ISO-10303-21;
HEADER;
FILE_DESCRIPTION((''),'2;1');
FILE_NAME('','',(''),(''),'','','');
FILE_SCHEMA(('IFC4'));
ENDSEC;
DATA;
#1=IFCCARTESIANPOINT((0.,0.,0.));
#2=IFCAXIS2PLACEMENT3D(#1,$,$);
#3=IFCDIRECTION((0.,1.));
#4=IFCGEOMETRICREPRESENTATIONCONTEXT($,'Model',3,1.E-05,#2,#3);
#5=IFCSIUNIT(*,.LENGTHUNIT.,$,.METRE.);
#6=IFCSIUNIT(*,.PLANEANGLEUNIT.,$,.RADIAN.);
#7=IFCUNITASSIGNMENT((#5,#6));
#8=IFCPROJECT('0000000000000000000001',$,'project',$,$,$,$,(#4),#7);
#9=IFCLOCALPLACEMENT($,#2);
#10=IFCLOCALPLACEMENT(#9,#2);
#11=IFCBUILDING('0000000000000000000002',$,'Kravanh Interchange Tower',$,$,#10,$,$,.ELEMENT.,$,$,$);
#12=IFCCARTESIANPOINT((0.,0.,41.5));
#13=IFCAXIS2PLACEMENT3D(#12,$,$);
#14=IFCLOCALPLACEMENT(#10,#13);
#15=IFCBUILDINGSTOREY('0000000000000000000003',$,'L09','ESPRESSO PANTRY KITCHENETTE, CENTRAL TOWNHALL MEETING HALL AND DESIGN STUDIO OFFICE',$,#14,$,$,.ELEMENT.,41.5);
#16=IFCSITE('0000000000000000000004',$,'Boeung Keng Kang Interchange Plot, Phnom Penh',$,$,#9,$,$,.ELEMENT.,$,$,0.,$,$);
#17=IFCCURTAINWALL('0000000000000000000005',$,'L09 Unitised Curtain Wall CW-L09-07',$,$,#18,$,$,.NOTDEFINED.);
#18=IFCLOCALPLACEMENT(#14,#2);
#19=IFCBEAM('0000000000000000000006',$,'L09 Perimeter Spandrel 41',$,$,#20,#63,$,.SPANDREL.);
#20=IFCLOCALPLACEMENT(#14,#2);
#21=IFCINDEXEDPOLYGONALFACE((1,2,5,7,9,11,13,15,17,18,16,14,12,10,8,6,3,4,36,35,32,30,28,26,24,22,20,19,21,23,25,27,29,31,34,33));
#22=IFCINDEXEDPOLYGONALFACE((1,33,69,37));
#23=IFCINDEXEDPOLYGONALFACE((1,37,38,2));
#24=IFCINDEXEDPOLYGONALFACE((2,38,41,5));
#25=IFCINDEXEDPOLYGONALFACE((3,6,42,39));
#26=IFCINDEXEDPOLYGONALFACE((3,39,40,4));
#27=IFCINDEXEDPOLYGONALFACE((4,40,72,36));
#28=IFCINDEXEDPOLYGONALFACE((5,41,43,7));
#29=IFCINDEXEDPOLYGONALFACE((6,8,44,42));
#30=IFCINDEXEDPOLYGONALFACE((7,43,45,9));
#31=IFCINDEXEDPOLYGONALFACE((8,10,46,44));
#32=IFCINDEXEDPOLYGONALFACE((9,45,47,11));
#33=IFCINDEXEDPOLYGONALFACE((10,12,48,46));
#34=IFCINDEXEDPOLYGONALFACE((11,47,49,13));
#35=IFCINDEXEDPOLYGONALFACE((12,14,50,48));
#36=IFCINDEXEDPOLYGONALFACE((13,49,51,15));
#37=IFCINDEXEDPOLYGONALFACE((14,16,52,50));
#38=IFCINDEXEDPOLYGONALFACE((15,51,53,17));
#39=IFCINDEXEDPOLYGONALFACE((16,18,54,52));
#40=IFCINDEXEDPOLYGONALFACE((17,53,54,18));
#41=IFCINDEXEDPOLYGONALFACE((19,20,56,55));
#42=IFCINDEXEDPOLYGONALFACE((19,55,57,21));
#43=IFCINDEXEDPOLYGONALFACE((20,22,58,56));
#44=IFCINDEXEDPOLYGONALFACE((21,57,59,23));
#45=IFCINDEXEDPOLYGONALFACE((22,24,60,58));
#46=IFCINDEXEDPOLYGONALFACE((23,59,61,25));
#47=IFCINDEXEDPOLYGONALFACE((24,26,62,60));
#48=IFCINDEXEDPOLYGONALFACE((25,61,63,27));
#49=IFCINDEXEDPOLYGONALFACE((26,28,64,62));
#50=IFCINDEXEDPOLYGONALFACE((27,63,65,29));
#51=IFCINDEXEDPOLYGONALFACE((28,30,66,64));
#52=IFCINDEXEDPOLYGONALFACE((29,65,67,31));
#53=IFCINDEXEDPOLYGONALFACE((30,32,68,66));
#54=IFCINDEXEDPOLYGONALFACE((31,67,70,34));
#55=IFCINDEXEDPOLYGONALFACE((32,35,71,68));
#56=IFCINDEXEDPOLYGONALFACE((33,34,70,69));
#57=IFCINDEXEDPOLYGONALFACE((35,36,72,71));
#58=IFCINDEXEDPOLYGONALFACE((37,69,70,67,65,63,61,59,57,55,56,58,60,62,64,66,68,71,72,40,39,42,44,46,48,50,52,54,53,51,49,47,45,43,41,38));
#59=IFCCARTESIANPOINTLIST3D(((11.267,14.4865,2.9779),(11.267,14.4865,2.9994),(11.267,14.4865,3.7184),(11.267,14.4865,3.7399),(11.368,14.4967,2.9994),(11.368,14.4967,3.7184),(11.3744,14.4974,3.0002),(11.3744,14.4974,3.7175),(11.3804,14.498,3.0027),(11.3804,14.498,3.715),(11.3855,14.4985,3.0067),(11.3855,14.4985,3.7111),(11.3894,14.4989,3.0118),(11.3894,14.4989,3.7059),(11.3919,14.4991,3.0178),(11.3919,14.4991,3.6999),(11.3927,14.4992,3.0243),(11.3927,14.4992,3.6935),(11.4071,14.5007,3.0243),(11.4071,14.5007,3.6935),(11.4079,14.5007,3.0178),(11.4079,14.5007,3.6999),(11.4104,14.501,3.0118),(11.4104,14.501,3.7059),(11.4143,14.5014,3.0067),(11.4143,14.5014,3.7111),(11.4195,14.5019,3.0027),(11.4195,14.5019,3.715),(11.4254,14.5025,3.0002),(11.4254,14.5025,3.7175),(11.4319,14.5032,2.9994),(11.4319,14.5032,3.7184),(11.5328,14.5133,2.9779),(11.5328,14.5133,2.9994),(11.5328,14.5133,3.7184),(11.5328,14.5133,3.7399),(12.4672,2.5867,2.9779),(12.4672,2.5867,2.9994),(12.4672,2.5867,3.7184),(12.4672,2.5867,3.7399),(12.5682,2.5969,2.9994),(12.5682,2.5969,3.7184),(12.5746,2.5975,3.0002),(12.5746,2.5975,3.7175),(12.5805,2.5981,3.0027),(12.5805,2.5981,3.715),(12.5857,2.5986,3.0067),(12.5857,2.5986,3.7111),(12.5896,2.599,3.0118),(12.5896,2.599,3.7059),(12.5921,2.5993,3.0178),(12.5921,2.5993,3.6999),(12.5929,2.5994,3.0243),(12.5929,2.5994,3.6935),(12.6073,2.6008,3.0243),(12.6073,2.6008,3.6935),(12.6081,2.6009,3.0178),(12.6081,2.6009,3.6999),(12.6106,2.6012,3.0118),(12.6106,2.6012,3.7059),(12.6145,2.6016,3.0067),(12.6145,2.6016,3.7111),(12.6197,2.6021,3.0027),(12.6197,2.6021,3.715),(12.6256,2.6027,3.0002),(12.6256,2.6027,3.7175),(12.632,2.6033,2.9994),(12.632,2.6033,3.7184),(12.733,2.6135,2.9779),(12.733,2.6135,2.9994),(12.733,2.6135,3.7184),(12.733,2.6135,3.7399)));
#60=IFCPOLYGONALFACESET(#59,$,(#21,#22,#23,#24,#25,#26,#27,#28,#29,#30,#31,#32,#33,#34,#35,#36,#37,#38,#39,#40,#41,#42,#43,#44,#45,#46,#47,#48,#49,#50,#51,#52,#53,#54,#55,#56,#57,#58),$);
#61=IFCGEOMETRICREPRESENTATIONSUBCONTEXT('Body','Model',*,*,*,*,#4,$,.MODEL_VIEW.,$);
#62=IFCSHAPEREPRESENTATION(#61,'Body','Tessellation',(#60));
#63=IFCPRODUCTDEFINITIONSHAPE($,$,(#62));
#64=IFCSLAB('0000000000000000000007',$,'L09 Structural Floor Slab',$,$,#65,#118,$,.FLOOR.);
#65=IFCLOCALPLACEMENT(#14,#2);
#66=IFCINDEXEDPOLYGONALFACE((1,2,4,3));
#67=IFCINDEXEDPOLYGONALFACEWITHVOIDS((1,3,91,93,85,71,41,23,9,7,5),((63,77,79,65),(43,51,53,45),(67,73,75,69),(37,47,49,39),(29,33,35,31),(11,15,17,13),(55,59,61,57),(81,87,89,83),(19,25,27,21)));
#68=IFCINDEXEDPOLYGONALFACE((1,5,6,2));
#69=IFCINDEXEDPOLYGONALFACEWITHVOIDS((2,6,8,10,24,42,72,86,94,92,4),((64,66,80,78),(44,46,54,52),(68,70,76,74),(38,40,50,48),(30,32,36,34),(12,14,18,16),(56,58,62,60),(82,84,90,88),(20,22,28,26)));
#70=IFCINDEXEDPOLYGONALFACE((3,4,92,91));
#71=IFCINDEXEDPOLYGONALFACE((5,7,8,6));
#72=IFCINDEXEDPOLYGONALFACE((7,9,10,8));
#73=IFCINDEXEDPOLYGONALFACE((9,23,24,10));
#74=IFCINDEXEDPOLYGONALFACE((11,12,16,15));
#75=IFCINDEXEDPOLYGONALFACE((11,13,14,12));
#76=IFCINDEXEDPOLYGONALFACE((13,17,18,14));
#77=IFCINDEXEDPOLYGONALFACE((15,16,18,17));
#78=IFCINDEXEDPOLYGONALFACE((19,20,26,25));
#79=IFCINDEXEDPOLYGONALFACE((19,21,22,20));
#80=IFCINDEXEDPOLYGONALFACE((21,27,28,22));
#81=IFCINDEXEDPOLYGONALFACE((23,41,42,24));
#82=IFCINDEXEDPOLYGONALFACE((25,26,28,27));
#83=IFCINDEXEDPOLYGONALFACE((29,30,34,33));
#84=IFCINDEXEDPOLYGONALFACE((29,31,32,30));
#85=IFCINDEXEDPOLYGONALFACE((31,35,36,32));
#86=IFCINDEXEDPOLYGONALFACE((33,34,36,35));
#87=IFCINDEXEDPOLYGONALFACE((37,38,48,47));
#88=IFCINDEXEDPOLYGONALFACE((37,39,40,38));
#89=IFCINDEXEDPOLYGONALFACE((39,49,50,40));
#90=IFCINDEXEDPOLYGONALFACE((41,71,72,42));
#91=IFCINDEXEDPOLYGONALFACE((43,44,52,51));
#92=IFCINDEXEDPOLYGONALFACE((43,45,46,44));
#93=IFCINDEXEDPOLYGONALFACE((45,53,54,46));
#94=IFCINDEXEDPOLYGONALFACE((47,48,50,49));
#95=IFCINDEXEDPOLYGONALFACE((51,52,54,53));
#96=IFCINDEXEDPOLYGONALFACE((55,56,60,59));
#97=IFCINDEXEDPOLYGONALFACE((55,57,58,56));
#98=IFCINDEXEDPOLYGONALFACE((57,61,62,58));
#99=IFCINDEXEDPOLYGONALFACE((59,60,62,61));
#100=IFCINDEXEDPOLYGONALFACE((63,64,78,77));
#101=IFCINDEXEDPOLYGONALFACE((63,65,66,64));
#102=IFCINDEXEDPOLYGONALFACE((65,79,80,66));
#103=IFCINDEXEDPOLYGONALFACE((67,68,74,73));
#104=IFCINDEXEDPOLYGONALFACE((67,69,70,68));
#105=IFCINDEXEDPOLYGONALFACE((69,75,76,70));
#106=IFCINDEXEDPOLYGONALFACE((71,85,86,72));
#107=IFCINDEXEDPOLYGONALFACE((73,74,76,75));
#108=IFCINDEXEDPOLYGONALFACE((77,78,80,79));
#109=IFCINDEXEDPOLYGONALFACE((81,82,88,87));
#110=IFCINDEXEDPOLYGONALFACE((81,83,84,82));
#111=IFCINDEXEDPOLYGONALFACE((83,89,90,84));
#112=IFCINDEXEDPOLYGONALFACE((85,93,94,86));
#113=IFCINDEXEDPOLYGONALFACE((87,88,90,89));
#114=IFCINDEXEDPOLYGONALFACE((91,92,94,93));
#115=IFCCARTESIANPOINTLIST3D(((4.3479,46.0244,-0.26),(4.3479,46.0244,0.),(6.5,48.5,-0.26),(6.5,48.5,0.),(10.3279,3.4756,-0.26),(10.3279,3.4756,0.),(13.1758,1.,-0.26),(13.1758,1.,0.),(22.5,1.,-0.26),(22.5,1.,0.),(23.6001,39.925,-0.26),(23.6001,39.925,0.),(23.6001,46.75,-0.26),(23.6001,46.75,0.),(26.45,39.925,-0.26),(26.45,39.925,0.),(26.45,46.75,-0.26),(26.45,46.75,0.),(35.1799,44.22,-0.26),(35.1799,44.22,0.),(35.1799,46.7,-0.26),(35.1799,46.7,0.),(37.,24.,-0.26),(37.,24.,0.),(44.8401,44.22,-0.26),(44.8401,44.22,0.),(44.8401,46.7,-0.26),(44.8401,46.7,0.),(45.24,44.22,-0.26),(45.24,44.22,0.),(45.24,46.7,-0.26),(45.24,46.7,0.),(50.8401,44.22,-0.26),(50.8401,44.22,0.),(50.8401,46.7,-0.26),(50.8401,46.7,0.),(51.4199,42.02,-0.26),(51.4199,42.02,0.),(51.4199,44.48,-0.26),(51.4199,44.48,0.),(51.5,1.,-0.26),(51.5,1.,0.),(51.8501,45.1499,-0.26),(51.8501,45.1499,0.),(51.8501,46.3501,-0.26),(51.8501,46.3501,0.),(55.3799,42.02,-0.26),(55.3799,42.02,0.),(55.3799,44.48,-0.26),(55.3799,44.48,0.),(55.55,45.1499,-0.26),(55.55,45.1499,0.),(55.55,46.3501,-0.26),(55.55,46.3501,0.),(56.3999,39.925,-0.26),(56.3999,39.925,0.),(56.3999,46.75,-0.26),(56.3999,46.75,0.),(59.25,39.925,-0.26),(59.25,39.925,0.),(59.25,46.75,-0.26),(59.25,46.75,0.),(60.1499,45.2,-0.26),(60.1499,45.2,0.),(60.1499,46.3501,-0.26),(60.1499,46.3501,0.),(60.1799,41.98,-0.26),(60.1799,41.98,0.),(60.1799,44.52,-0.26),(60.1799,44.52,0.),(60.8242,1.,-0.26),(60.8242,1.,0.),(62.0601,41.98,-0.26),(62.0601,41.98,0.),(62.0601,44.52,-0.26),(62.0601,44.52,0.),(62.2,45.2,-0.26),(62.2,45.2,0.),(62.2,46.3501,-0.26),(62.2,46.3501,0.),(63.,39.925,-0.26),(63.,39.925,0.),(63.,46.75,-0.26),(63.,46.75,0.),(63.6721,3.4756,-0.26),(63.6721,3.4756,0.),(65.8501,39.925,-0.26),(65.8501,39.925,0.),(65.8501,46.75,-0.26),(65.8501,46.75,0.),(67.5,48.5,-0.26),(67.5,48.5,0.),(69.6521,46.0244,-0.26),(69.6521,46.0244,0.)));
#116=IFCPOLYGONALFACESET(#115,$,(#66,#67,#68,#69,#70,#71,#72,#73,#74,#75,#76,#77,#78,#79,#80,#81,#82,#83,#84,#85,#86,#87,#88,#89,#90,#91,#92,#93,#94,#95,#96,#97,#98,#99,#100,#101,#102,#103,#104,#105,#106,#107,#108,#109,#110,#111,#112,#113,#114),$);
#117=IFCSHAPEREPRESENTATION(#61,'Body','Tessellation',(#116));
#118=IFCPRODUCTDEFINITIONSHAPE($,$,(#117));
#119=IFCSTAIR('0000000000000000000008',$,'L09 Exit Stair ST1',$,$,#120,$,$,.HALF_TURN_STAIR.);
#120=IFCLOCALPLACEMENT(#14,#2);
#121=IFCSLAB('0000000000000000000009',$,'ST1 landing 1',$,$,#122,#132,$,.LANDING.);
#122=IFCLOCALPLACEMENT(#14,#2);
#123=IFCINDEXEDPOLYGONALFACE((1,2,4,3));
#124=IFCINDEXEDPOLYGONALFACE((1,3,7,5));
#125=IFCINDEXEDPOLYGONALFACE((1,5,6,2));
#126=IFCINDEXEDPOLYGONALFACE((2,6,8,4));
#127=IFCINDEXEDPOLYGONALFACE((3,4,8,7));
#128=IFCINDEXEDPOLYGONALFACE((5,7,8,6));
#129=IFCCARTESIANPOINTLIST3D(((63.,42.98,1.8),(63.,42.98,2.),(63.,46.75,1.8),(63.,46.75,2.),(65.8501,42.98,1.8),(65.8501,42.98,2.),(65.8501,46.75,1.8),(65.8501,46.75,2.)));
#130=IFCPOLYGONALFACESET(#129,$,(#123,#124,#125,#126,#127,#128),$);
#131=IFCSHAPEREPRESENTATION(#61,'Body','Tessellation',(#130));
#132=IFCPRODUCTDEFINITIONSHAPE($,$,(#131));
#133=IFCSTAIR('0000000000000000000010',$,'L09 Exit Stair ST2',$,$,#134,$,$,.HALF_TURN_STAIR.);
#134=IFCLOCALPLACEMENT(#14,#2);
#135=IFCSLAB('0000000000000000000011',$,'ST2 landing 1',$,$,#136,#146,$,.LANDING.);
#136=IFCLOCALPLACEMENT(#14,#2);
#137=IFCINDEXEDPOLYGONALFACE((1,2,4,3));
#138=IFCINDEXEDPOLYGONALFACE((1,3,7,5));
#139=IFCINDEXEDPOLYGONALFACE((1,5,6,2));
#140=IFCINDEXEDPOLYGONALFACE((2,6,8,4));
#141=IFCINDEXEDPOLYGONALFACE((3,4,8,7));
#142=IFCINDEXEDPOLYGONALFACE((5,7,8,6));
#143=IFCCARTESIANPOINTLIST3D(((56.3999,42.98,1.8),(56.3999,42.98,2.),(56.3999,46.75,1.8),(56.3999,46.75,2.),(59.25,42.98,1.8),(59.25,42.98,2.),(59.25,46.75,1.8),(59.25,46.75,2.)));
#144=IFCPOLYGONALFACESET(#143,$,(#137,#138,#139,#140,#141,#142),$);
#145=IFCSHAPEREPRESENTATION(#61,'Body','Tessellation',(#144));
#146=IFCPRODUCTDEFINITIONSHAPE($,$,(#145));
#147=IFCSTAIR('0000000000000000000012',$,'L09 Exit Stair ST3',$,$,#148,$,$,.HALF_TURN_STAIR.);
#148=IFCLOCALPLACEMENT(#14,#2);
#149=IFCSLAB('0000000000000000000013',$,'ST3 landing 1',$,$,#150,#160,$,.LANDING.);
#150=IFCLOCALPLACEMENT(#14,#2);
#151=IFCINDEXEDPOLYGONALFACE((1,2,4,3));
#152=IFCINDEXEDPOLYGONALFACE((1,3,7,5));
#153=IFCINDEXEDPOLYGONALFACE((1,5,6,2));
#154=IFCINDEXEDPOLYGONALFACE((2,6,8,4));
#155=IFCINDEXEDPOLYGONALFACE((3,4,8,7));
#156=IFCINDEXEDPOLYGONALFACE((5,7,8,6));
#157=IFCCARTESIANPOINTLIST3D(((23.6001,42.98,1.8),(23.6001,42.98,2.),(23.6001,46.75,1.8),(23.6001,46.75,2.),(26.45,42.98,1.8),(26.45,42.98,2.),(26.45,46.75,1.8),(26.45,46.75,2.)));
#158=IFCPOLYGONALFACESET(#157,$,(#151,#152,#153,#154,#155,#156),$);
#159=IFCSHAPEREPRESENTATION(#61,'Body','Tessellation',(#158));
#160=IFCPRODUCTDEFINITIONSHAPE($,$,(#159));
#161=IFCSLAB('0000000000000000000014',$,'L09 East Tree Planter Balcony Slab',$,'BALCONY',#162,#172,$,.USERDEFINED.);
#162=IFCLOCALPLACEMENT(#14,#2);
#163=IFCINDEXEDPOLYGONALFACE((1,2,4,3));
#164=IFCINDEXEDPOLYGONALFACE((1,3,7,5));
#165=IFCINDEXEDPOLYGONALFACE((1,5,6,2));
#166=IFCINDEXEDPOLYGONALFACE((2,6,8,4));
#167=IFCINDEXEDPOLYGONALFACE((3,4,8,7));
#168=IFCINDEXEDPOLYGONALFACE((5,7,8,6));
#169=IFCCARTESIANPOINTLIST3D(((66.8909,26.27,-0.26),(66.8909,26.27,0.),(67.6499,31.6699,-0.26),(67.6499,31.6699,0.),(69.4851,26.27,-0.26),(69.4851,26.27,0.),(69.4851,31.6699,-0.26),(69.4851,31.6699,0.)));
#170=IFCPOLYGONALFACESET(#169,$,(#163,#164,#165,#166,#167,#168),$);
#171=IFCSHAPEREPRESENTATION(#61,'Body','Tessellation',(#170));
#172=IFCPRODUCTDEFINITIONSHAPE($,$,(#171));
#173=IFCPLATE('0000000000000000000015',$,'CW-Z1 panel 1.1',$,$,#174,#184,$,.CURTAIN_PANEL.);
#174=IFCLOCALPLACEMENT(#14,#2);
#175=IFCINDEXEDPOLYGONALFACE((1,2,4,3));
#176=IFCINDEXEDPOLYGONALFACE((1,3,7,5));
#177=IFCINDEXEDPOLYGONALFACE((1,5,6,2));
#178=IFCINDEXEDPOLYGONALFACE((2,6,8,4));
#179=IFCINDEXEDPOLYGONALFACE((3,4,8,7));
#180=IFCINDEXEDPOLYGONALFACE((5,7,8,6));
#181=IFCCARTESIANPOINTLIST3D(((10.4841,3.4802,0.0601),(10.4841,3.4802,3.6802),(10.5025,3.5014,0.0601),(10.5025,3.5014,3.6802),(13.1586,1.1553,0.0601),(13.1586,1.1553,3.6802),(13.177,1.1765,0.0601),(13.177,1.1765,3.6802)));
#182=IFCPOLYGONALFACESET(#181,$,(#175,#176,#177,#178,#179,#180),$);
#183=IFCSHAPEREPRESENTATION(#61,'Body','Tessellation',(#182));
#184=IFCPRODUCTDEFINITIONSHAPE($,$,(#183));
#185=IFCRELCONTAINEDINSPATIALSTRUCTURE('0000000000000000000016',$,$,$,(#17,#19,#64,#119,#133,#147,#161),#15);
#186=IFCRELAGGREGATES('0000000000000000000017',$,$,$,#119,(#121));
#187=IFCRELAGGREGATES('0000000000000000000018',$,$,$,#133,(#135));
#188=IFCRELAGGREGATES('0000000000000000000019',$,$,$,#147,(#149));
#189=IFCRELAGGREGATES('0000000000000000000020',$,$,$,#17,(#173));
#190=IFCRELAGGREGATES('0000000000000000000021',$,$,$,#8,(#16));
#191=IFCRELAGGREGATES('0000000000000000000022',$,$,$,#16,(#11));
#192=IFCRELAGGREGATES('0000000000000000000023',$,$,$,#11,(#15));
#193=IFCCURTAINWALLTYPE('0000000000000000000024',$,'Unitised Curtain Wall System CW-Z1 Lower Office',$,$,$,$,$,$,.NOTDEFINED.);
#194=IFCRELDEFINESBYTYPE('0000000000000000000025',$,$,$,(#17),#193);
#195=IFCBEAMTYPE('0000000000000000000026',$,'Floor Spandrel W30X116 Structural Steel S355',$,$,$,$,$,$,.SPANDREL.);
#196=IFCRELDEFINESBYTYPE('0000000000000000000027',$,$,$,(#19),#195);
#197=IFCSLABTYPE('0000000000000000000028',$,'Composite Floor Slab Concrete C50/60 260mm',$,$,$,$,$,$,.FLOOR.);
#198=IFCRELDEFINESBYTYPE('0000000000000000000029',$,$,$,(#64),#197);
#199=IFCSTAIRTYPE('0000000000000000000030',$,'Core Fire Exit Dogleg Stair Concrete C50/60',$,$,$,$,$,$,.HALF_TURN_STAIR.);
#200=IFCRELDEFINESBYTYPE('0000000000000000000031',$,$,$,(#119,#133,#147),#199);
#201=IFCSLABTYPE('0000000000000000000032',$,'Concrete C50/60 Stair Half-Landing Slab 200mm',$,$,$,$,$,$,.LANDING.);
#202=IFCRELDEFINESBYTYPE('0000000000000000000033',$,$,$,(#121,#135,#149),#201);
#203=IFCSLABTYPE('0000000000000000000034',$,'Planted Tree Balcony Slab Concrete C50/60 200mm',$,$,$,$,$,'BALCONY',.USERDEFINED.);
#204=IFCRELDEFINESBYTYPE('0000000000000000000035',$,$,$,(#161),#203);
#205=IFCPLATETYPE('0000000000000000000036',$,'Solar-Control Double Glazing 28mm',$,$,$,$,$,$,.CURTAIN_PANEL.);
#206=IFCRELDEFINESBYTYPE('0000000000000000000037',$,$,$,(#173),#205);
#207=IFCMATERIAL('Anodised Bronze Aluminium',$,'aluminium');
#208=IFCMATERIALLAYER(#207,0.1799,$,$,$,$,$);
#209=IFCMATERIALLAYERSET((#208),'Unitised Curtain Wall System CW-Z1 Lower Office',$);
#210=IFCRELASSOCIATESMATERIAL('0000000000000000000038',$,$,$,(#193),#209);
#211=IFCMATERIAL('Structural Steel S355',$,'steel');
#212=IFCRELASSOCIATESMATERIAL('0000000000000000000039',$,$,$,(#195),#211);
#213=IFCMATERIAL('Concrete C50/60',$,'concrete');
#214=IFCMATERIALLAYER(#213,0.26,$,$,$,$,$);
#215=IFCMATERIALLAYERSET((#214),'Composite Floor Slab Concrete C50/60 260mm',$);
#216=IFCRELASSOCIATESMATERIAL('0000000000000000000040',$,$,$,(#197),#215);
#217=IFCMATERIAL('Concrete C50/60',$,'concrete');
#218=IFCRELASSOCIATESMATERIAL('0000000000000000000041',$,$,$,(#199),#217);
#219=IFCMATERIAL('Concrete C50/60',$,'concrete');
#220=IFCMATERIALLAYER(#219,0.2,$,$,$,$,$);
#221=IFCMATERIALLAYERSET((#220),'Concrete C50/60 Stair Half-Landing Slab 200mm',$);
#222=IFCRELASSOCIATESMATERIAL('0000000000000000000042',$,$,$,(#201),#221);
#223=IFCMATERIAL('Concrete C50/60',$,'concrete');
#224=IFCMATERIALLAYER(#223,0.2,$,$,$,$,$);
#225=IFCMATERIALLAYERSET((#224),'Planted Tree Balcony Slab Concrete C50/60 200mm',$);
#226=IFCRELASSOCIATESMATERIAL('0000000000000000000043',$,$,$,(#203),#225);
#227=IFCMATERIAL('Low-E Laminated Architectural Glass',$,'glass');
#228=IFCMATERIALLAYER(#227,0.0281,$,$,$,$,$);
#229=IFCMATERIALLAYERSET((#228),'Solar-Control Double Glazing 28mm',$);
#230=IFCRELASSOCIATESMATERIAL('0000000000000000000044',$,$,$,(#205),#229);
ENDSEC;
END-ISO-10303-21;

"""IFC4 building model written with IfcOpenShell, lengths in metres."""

from ifc_helpers import new_model, si_unit, direction, frame, origin, origin_2d, place, context, subcontext, project, spatial, polyline, rectangle, i_section, outline, extrude, material, layer, layer_set, material_profile, profile_set, type_object, element, aggregate, save


model = new_model("IFC4")

# Units and contexts
model_context = context("Model", 3, precision=1e-05, world=origin(), true_north=direction((0.0, 1.0)))
body_context = subcontext(model_context, "Body", "Model", "MODEL_VIEW")
ifc_project = project(units=[si_unit("LENGTHUNIT", "METRE"), si_unit("PLANEANGLEUNIT", "RADIAN")], contexts=[model_context])

# Site, building, storey
site_placement = place(None, origin())
site = spatial("IfcSite", under=ifc_project, at=site_placement, Name="Boeung Keng Kang Interchange Plot, Phnom Penh", CompositionType="ELEMENT", RefElevation=0.0)
building_placement = place(site_placement, origin())
building = spatial("IfcBuilding", under=site, at=building_placement, Name="Kravanh Interchange Tower", CompositionType="ELEMENT")
storey_placement = place(building_placement, frame((0.0, 0.0, 41.5)))
storey = spatial("IfcBuildingStorey", under=building, at=storey_placement, Name="L09", Description="ESPRESSO PANTRY KITCHENETTE, CENTRAL TOWNHALL MEETING HALL AND DESIGN STUDIO OFFICE", CompositionType="ELEMENT", Elevation=41.5)

# Shared definitions
ifc_material_1 = material(Name="Anodised Bronze Aluminium", Category="aluminium")
ifc_layer_1 = layer(ifc_material_1, 0.1799)
ifc_layer_set_1 = layer_set([ifc_layer_1], Name="Unitised Curtain Wall System CW-Z1 Lower Office")
curtain_wall_type = type_object("IfcCurtainWallType", Name="Unitised Curtain Wall System CW-Z1 Lower Office", PredefinedType="NOTDEFINED", material=ifc_layer_set_1)

# Curtain wall
curtain_wall_1_placement = place(storey_placement, origin())
curtain_wall_1 = element("IfcCurtainWall", 1, at=curtain_wall_1_placement, inside=storey, type_object=curtain_wall_type, Name="L09 Unitised Curtain Wall CW-L09-07", PredefinedType="NOTDEFINED")

# Beam
ifc_material_2 = material(Name="Structural Steel S355", Category="steel")
ifc_material_profile_1 = material_profile(ifc_material_2, i_section(OverallWidth=0.2671, OverallDepth=0.762, WebThickness=0.0144, FlangeThickness=0.0215, FilletRadius=0.0249, at=origin_2d()), Name="W30X116")
ifc_profile_set_1 = profile_set([ifc_material_profile_1], Name="Structural Steel S355")
beam_type_1 = type_object("IfcBeamType", Name="Floor Spandrel W30X116 Structural Steel S355", PredefinedType="SPANDREL", material=ifc_profile_set_1)
beam_1_placement = place(storey_placement, frame((12.6001, 2.6001, 3.3589), z_axis=(-0.100348, 0.994952, 0.0), x_axis=(-0.994952, -0.100348, 0.0)))
element("IfcBeam", 2, at=beam_1_placement, inside=storey, type_object=beam_type_1, Name="L09 Perimeter Spandrel 41", PredefinedType="SPANDREL", context=body_context, shape_type="SweptSolid", body=[
    extrude(i_section(OverallWidth=0.2671, OverallDepth=0.762, WebThickness=0.0144, FlangeThickness=0.0215, FilletRadius=0.0249, at=origin_2d()), origin(), (0.0, 0.0, 1.0), 11.9602),
])

# Slab
ifc_material_3 = material(Name="Concrete C50/60", Category="concrete")
ifc_layer_2 = layer(ifc_material_3, 0.26)
ifc_layer_set_2 = layer_set([ifc_layer_2], Name="Composite Floor Slab Concrete C50/60 260mm")
slab_type_1 = type_object("IfcSlabType", Name="Composite Floor Slab Concrete C50/60 260mm", PredefinedType="FLOOR", material=ifc_layer_set_2)
slab_1_placement = place(storey_placement, frame((0.0, 0.0, -0.26)))
element("IfcSlab", 3, at=slab_1_placement, inside=storey, type_object=slab_type_1, Name="L09 Structural Floor Slab", PredefinedType="FLOOR", context=body_context, shape_type="SweptSolid", body=[
    extrude(outline(polyline([(10.3279, 3.4756), (13.1758, 1.0), (22.5, 1.0), (37.0, 24.0), (51.5, 1.0), (60.8242, 1.0), (63.6721, 3.4756), (69.6521, 46.0244), (67.5, 48.5), (6.5, 48.5), (4.3479, 46.0244), (10.3279, 3.4756)]), holes=[polyline([(65.8501, 39.925), (65.8501, 46.75), (63.0, 46.75), (63.0, 39.925), (65.8501, 39.925)]), polyline([(59.25, 39.925), (59.25, 46.75), (56.3999, 46.75), (56.3999, 39.925), (59.25, 39.925)]), polyline([(26.45, 39.925), (26.45, 46.75), (23.6001, 46.75), (23.6001, 39.925), (26.45, 39.925)]), polyline([(35.1799, 44.22), (44.8401, 44.22), (44.8401, 46.7), (35.1799, 46.7), (35.1799, 44.22)]), polyline([(45.24, 44.22), (50.8401, 44.22), (50.8401, 46.7), (45.24, 46.7), (45.24, 44.22)]), polyline([(51.4199, 42.02), (55.3799, 42.02), (55.3799, 44.48), (51.4199, 44.48), (51.4199, 42.02)]), polyline([(60.1799, 41.98), (62.0601, 41.98), (62.0601, 44.52), (60.1799, 44.52), (60.1799, 41.98)]), polyline([(60.1499, 45.2), (62.2, 45.2), (62.2, 46.3501), (60.1499, 46.3501), (60.1499, 45.2)]), polyline([(51.8501, 45.1499), (55.55, 45.1499), (55.55, 46.3501), (51.8501, 46.3501), (51.8501, 45.1499)])]), origin(), (0.0, 0.0, 1.0), 0.26),
])

# Stairs, slabs
ifc_material_4 = material(Name="Concrete C50/60", Category="concrete")
stair_type = type_object("IfcStairType", Name="Core Fire Exit Dogleg Stair Concrete C50/60", PredefinedType="HALF_TURN_STAIR", material=ifc_material_4)
stair_1_placement = place(storey_placement, origin())
stair_1 = element("IfcStair", 4, at=stair_1_placement, inside=storey, type_object=stair_type, Name="L09 Exit Stair ST1", PredefinedType="HALF_TURN_STAIR")
ifc_material_5 = material(Name="Concrete C50/60", Category="concrete")
ifc_layer_3 = layer(ifc_material_5, 0.2)
ifc_layer_set_3 = layer_set([ifc_layer_3], Name="Concrete C50/60 Stair Half-Landing Slab 200mm")
slab_type_2 = type_object("IfcSlabType", Name="Concrete C50/60 Stair Half-Landing Slab 200mm", PredefinedType="LANDING", material=ifc_layer_set_3)
slab_2_placement = place(storey_placement, frame((0.0, 0.0, 1.8)))
slab_2 = element("IfcSlab", 5, at=slab_2_placement, type_object=slab_type_2, Name="ST1 landing 1", PredefinedType="LANDING", context=body_context, shape_type="SweptSolid", body=[
    extrude(outline(polyline([(65.8501, 42.98), (65.8501, 46.75), (63.0, 46.75), (63.0, 42.98), (65.8501, 42.98)])), origin(), (0.0, 0.0, 1.0), 0.2),
])
aggregate(stair_1, [slab_2])
stair_2_placement = place(storey_placement, origin())
stair_2 = element("IfcStair", 6, at=stair_2_placement, inside=storey, type_object=stair_type, Name="L09 Exit Stair ST2", PredefinedType="HALF_TURN_STAIR")
slab_3_placement = place(storey_placement, frame((0.0, 0.0, 1.8)))
slab_3 = element("IfcSlab", 7, at=slab_3_placement, type_object=slab_type_2, Name="ST2 landing 1", PredefinedType="LANDING", context=body_context, shape_type="SweptSolid", body=[
    extrude(outline(polyline([(59.25, 42.98), (59.25, 46.75), (56.3999, 46.75), (56.3999, 42.98), (59.25, 42.98)])), origin(), (0.0, 0.0, 1.0), 0.2),
])
aggregate(stair_2, [slab_3])
stair_3_placement = place(storey_placement, origin())
stair_3 = element("IfcStair", 8, at=stair_3_placement, inside=storey, type_object=stair_type, Name="L09 Exit Stair ST3", PredefinedType="HALF_TURN_STAIR")
slab_4_placement = place(storey_placement, frame((0.0, 0.0, 1.8)))
slab_4 = element("IfcSlab", 9, at=slab_4_placement, type_object=slab_type_2, Name="ST3 landing 1", PredefinedType="LANDING", context=body_context, shape_type="SweptSolid", body=[
    extrude(outline(polyline([(26.45, 42.98), (26.45, 46.75), (23.6001, 46.75), (23.6001, 42.98), (26.45, 42.98)])), origin(), (0.0, 0.0, 1.0), 0.2),
])
aggregate(stair_3, [slab_4])

# Slab
ifc_material_6 = material(Name="Concrete C50/60", Category="concrete")
ifc_layer_4 = layer(ifc_material_6, 0.2)
ifc_layer_set_4 = layer_set([ifc_layer_4], Name="Planted Tree Balcony Slab Concrete C50/60 200mm")
slab_type_3 = type_object("IfcSlabType", Name="Planted Tree Balcony Slab Concrete C50/60 200mm", ElementType="BALCONY", PredefinedType="USERDEFINED", material=ifc_layer_set_4)
slab_5_placement = place(storey_placement, frame((0.0, 0.0, -0.26)))
element("IfcSlab", 10, at=slab_5_placement, inside=storey, type_object=slab_type_3, Name="L09 East Tree Planter Balcony Slab", ObjectType="BALCONY", PredefinedType="USERDEFINED", context=body_context, shape_type="SweptSolid", body=[
    extrude(outline(polyline([(69.4851, 31.6699), (69.4851, 26.27), (66.8909, 26.27), (67.6499, 31.6699), (69.4851, 31.6699)])), origin(), (0.0, 0.0, 1.0), 0.26),
])

# Plate
ifc_material_7 = material(Name="Low-E Laminated Architectural Glass", Category="glass")
ifc_layer_5 = layer(ifc_material_7, 0.0281)
ifc_layer_set_5 = layer_set([ifc_layer_5], Name="Solar-Control Double Glazing 28mm")
plate_type = type_object("IfcPlateType", Name="Solar-Control Double Glazing 28mm", PredefinedType="CURTAIN_PANEL", material=ifc_layer_set_5)
plate_placement = place(storey_placement, frame((11.8306, 2.3284, 0.0601), z_axis=(0.0, 0.0, 1.0), x_axis=(-0.754708, 0.65606, 0.0)))
plate = element("IfcPlate", 11, at=plate_placement, type_object=plate_type, Name="CW-Z1 panel 1.1", PredefinedType="CURTAIN_PANEL", context=body_context, shape_type="SweptSolid", body=[
    extrude(rectangle(XDim=3.5437, YDim=0.0281, at=origin_2d()), origin(), (0.0, 0.0, 1.0), 3.6201),
])
aggregate(curtain_wall_1, [plate])

save(model, "model.ifc")
